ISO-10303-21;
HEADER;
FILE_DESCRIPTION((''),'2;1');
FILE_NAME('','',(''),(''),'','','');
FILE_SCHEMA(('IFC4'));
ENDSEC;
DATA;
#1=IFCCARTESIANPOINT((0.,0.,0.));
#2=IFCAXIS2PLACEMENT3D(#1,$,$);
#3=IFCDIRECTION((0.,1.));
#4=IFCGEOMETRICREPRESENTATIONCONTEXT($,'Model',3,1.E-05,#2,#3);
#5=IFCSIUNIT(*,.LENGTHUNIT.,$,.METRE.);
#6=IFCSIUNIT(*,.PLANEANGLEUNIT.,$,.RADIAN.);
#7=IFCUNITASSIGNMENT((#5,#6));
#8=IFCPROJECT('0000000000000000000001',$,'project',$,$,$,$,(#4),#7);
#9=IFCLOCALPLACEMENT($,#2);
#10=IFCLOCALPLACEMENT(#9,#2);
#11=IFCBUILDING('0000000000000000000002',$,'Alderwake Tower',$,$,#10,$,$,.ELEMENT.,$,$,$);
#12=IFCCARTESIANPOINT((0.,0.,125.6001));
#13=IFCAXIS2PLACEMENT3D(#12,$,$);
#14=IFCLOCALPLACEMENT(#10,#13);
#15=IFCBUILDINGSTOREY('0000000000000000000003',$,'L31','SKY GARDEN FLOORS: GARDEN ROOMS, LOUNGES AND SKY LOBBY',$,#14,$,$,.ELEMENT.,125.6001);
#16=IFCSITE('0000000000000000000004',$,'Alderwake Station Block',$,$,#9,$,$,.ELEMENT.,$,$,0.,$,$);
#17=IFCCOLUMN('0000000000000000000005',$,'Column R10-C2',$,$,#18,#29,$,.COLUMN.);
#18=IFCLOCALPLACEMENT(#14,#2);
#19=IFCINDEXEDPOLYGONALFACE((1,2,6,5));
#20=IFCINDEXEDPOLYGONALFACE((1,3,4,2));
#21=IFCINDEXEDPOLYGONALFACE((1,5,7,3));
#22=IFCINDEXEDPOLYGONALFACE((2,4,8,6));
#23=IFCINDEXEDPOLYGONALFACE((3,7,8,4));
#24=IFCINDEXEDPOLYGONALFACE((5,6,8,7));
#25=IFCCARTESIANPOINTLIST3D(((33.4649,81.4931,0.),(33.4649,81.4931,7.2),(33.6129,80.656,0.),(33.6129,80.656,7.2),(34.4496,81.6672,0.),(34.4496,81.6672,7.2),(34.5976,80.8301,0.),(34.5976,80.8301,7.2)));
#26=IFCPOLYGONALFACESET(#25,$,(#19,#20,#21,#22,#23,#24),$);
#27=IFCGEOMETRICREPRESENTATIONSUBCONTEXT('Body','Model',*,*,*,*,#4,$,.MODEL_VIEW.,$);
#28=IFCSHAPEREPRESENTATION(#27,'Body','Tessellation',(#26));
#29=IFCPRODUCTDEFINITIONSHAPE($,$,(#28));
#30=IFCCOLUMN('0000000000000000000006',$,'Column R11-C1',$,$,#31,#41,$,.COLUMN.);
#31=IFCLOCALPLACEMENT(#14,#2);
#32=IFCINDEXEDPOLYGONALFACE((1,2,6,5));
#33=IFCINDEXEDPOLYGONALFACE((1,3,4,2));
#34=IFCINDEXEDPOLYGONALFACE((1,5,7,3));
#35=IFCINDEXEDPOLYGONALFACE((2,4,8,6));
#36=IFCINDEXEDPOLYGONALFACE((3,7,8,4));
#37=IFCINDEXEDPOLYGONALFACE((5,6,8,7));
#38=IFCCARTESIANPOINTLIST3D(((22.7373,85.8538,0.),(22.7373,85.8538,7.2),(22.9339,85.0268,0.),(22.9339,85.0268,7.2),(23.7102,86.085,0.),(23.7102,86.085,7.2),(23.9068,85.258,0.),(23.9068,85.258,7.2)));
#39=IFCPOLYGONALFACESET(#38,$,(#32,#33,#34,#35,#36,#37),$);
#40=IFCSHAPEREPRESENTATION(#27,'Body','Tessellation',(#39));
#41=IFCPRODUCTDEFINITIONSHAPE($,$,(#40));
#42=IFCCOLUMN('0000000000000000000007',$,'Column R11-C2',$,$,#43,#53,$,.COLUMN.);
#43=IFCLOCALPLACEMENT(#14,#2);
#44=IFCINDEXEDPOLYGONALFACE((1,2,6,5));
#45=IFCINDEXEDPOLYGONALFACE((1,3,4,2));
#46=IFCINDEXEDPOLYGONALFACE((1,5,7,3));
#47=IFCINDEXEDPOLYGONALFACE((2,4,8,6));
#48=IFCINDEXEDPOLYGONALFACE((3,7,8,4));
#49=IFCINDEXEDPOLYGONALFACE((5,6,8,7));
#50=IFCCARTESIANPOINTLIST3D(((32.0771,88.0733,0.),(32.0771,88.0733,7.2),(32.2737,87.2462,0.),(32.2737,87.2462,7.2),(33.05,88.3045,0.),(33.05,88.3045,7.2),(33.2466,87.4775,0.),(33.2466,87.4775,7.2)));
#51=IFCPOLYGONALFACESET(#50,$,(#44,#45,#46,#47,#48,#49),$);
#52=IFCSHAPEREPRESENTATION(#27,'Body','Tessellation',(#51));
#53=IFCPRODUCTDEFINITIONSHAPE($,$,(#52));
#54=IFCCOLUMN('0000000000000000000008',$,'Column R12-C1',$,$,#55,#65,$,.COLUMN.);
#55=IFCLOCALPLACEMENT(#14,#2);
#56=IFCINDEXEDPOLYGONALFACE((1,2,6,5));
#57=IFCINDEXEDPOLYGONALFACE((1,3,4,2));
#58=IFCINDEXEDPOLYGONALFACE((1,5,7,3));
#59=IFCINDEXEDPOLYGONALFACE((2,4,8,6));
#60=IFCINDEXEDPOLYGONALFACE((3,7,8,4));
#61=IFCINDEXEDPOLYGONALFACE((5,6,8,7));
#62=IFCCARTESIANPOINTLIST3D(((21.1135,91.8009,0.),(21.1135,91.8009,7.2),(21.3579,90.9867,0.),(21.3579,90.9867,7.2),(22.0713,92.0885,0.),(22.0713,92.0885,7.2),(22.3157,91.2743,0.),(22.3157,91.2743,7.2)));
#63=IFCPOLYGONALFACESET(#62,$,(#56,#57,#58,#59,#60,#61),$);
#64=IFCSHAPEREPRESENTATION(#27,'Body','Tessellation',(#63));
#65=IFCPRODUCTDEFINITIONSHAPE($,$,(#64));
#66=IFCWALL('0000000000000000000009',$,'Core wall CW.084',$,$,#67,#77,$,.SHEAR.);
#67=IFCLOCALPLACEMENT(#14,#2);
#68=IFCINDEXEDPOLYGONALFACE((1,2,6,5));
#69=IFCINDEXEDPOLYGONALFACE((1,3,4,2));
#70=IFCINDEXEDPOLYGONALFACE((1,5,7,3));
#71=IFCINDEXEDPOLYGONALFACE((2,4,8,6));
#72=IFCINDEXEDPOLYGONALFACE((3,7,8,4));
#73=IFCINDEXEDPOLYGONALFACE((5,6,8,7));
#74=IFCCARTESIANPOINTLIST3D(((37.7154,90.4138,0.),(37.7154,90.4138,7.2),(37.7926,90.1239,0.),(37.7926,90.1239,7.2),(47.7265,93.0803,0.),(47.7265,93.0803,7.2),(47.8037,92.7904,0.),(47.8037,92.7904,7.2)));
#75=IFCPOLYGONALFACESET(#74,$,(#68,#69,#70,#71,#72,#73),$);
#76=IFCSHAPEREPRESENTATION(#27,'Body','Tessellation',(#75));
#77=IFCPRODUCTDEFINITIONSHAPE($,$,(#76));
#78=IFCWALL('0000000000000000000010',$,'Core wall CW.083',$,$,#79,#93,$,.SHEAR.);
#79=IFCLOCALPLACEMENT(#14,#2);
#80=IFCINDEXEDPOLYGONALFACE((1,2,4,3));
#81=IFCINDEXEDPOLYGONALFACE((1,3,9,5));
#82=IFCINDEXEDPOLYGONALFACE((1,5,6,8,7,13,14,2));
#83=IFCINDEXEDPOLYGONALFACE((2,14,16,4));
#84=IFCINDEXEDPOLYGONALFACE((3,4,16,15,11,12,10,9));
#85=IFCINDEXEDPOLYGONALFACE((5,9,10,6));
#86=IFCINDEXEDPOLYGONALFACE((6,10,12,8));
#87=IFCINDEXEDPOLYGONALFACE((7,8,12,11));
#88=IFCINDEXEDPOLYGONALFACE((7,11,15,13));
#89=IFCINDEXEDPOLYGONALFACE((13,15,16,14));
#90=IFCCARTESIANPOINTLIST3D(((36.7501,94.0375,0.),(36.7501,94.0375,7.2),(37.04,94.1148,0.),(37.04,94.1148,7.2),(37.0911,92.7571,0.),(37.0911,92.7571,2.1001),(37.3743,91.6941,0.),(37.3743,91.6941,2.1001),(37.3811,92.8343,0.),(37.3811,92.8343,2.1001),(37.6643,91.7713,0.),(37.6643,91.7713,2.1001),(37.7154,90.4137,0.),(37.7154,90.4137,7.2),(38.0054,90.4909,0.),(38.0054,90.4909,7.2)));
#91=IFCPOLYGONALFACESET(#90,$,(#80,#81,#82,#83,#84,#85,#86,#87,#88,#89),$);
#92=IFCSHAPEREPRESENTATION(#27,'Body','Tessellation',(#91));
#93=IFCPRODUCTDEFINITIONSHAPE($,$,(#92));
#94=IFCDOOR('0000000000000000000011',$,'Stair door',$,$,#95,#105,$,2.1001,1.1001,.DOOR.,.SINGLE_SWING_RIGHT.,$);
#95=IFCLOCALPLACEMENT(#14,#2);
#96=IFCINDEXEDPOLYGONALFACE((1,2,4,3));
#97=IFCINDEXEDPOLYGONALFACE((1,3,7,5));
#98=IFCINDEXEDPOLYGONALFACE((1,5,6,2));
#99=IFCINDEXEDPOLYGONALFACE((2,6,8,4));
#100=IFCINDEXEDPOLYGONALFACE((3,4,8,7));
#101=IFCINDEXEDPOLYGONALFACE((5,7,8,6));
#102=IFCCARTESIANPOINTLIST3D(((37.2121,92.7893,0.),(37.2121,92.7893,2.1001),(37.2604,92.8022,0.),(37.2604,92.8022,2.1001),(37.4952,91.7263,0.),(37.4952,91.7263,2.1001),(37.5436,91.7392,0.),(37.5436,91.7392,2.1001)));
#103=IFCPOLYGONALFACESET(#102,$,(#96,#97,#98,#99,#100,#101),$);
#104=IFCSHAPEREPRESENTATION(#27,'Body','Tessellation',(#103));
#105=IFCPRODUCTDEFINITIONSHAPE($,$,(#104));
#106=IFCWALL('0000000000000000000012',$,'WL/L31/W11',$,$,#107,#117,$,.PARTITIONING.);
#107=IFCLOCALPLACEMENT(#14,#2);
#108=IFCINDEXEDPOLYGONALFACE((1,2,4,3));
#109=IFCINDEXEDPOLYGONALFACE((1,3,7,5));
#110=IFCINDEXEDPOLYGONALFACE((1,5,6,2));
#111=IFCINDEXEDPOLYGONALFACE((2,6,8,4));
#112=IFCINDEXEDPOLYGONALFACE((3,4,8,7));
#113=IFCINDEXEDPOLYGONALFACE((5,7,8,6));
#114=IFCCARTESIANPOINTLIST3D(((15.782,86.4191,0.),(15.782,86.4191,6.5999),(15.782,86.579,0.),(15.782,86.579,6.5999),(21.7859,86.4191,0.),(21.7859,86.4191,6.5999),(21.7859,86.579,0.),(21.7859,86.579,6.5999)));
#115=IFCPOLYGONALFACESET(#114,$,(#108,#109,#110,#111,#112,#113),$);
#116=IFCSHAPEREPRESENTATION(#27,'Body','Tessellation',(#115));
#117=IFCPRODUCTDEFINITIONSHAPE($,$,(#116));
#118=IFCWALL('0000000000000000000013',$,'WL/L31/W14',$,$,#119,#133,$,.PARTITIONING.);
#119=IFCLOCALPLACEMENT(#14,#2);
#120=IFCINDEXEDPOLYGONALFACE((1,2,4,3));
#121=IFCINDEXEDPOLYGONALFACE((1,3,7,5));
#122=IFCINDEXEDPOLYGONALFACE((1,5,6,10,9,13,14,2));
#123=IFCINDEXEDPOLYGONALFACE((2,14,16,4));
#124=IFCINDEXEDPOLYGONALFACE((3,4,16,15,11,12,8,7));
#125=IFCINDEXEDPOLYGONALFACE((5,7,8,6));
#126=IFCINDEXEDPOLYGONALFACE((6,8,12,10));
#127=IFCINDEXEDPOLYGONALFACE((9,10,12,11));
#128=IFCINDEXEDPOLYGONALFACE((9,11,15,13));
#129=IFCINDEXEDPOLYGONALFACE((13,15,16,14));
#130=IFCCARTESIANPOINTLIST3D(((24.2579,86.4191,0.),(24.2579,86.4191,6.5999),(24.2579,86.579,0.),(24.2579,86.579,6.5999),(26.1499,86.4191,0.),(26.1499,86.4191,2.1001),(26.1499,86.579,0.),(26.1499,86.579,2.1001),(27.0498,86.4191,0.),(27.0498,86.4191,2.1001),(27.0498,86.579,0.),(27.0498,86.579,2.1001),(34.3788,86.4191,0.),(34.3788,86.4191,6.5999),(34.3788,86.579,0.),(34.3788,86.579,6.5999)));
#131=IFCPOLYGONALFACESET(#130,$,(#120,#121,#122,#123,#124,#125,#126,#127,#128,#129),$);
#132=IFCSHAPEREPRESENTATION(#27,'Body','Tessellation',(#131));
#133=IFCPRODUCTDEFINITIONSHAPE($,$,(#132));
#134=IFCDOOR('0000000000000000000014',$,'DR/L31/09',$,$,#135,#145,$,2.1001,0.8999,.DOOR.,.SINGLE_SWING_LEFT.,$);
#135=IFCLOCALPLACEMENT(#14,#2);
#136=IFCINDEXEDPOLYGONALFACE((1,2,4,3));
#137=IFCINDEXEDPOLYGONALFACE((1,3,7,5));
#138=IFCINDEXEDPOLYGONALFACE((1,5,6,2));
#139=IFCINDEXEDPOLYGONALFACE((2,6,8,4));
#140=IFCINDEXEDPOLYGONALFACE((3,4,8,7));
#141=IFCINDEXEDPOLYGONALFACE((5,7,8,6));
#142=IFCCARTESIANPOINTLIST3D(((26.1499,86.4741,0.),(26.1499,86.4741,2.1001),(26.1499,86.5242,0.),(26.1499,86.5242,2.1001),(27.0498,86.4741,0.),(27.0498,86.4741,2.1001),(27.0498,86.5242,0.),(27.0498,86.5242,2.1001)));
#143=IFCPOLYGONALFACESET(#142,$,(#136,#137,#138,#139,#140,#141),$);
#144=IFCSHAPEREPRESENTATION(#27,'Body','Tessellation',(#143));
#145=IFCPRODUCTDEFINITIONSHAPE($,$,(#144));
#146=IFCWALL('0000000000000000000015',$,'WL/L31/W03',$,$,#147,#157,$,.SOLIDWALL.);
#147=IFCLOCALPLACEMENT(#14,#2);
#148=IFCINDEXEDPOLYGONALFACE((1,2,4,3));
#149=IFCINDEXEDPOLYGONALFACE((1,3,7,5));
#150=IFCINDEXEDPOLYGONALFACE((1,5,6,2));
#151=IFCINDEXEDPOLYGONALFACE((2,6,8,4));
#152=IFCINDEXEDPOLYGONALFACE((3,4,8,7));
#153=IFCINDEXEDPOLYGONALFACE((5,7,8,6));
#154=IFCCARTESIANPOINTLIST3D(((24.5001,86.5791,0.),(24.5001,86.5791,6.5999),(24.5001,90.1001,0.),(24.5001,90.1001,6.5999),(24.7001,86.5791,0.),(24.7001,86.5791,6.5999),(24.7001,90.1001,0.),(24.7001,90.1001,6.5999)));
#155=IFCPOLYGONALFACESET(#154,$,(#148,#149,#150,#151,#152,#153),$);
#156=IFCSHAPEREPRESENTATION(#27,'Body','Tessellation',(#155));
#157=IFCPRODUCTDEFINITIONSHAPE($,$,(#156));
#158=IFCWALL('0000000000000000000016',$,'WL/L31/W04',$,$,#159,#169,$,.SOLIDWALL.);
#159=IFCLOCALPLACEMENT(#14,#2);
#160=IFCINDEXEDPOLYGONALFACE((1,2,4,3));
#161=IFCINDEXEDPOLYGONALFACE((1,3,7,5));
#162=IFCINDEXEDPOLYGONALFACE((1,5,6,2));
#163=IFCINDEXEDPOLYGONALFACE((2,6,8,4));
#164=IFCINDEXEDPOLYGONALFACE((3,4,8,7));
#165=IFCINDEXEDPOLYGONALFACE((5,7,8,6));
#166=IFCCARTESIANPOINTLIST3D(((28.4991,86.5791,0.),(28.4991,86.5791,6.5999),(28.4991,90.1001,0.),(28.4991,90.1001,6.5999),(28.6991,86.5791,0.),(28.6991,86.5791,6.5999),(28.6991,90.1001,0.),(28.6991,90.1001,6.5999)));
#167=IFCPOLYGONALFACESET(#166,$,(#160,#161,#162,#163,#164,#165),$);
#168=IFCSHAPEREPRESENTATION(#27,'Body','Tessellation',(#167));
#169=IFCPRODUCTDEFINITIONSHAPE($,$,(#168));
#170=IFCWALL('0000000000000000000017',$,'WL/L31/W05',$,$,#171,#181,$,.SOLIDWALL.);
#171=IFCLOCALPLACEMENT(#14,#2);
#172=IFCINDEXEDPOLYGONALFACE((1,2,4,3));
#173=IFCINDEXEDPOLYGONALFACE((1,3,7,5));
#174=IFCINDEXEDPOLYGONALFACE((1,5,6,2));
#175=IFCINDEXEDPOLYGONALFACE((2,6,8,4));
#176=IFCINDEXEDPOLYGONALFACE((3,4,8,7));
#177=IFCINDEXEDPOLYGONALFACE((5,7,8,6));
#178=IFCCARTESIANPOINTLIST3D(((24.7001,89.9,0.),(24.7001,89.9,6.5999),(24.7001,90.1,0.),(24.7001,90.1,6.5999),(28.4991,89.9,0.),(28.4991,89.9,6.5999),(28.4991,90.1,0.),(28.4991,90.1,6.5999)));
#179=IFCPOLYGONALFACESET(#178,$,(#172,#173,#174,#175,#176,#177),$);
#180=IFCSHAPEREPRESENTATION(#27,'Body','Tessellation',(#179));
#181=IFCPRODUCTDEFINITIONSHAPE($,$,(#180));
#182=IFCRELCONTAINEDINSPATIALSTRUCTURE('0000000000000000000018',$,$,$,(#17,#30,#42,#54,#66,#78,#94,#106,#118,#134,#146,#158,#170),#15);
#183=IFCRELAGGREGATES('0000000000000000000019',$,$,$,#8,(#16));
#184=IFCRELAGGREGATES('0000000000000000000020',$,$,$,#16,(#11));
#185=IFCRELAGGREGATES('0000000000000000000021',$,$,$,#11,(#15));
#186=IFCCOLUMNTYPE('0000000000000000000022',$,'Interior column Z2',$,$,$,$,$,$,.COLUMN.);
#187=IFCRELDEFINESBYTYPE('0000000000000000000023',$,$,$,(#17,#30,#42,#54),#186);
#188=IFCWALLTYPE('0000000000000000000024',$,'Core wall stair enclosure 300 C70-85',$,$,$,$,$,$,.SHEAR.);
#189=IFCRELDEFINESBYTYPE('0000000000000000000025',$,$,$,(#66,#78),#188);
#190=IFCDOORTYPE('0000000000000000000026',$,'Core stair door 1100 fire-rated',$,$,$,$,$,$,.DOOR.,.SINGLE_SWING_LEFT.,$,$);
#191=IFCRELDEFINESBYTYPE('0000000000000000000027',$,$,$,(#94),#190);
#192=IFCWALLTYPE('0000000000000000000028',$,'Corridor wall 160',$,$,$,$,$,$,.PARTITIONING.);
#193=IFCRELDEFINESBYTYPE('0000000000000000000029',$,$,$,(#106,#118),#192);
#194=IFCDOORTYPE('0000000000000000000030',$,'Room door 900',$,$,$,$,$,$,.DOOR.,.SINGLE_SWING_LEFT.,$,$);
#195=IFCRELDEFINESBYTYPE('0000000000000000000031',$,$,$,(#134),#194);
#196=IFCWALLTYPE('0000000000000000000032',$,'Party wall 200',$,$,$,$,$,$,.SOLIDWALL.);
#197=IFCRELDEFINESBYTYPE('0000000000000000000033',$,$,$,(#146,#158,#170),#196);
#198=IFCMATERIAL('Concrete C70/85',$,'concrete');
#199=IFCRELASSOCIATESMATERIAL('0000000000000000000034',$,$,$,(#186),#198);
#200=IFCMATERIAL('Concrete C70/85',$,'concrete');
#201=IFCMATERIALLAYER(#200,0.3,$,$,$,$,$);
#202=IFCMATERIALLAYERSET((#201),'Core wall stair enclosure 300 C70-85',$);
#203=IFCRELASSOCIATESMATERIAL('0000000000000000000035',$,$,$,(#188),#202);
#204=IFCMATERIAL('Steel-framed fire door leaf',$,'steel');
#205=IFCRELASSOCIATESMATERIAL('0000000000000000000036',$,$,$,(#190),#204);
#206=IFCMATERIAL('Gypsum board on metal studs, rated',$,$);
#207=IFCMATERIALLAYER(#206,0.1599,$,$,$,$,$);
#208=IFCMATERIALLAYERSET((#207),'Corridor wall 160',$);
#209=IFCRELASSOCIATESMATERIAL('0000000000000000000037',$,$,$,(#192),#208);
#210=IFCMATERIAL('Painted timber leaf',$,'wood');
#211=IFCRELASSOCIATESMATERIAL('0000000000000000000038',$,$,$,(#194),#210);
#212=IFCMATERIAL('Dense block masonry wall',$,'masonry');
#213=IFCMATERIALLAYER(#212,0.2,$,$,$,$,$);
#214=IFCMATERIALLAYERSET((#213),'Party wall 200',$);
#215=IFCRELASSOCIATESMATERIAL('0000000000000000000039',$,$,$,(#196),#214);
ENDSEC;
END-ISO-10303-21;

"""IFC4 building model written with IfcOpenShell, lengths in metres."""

from ifc_helpers import new_model, si_unit, direction, frame, frame_2d, origin, origin_2d, place, context, subcontext, project, spatial, rectangle, extrude, material, layer, layer_set, material_profile, profile_set, type_object, element, fill, save


model = new_model("IFC4")

# Units and contexts
model_context = context("Model", 3, precision=1e-05, world=origin(), true_north=direction((0.0, 1.0)))
body_context = subcontext(model_context, "Body", "Model", "MODEL_VIEW")
ifc_project = project(units=[si_unit("LENGTHUNIT", "METRE"), si_unit("PLANEANGLEUNIT", "RADIAN")], contexts=[model_context])

# Site, building, storey
site_placement = place(None, origin())
site = spatial("IfcSite", under=ifc_project, at=site_placement, Name="Alderwake Station Block", CompositionType="ELEMENT", RefElevation=0.0)
building_placement = place(site_placement, origin())
building = spatial("IfcBuilding", under=site, at=building_placement, Name="Alderwake Tower", CompositionType="ELEMENT")
storey_placement = place(building_placement, frame((0.0, 0.0, 125.6001)))
storey = spatial("IfcBuildingStorey", under=building, at=storey_placement, Name="L31", Description="SKY GARDEN FLOORS: GARDEN ROOMS, LOUNGES AND SKY LOBBY", CompositionType="ELEMENT", Elevation=125.6001)

# Columns
ifc_material_1 = material(Name="Concrete C70/85", Category="concrete")
ifc_material_profile = material_profile(ifc_material_1, rectangle(XDim=0.8501, YDim=1.0, at=origin_2d()), Name="RC 1000X850")
ifc_profile_set = profile_set([ifc_material_profile], Name="Concrete C70/85")
column_type = type_object("IfcColumnType", Name="Interior column Z2", PredefinedType="COLUMN", material=ifc_profile_set)
for number, where, z_axis, x_axis, name in (
    (1, (34.0312, 81.1616, 0.0), (0.0, 0.0, 1.0), (-0.174109, 0.984726, 0.0), "Column R10-C2"),
    (2, (23.322, 85.5559, 0.0), (0.0, 0.0, 1.0), (-0.231222, 0.972901, 0.0), "Column R11-C1"),
    (3, (32.6619, 87.7754, 0.0), (0.0, 0.0, 1.0), (-0.231222, 0.972901, 0.0), "Column R11-C2"),
    (4, (21.7146, 91.5376, 0.0), (0.0, 0.0, 1.0), (-0.287549, 0.957766, 0.0), "Column R12-C1"),
):
    element("IfcColumn", number, at=place(storey_placement, frame(where, z_axis=z_axis, x_axis=x_axis)), inside=storey, type_object=column_type, Name=name, PredefinedType="COLUMN", context=body_context, shape_type="SweptSolid", body=[
        extrude(rectangle(XDim=0.8501, YDim=1.0, at=origin_2d()), origin(), (0.0, 0.0, 1.0), 7.2),
    ])

# Wall
ifc_material_2 = material(Name="Concrete C70/85", Category="concrete")
ifc_layer_1 = layer(ifc_material_2, 0.3)
ifc_layer_set_1 = layer_set([ifc_layer_1], Name="Core wall stair enclosure 300 C70-85")
wall_type_1 = type_object("IfcWallType", Name="Core wall stair enclosure 300 C70-85", PredefinedType="SHEAR", material=ifc_layer_set_1)
wall_1_placement = place(storey_placement, frame((37.7539, 90.2688, 0.0), z_axis=(0.0, 0.0, 1.0), x_axis=(0.966309, 0.257384, 0.0)))
element("IfcWall", 5, at=wall_1_placement, inside=storey, type_object=wall_type_1, Name="Core wall CW.084", PredefinedType="SHEAR", context=body_context, shape_type="SweptSolid", body=[
    extrude(rectangle(XDim=10.3601, YDim=0.3, at=frame_2d((5.1802, 0.0))), origin(), (0.0, 0.0, 1.0), 7.2),
])

# Wall, opening, door
wall_2_placement = place(storey_placement, frame((37.8604, 90.4524, 0.0), z_axis=(0.0, 0.0, 1.0), x_axis=(-0.257411, 0.966302, 0.0)))
wall_2 = element("IfcWall", 6, at=wall_2_placement, inside=storey, type_object=wall_type_1, Name="Core wall CW.083", PredefinedType="SHEAR", context=body_context, shape_type="SweptSolid", body=[
    extrude(rectangle(XDim=3.7502, YDim=0.3, at=frame_2d((1.875, 0.0))), origin(), (0.0, 0.0, 1.0), 7.2),
])
opening_1_placement = place(wall_2_placement, frame((1.325, 0.0, 0.0)))
opening_1 = element("IfcOpeningElement", 7, at=opening_1_placement, cuts=wall_2, PredefinedType="OPENING", context=body_context, shape_type="SweptSolid", body=[
    extrude(rectangle(XDim=1.1001, YDim=2.1001, at=frame_2d((0.55, 1.05))), frame((0.0, 0.1599, 0.0), z_axis=(0.0, -1.0, 0.0), x_axis=(1.0, 0.0, 0.0)), (0.0, 0.0, 1.0), 0.3201),
])
ifc_material_3 = material(Name="Steel-framed fire door leaf", Category="steel")
door_type_1 = type_object("IfcDoorType", Name="Core stair door 1100 fire-rated", OperationType="SINGLE_SWING_LEFT", PredefinedType="DOOR", material=ifc_material_3)
door_1_placement = place(opening_1_placement, origin())
door_1 = element("IfcDoor", 8, at=door_1_placement, inside=storey, type_object=door_type_1, Name="Stair door", OperationType="SINGLE_SWING_RIGHT", OverallHeight=2.1001, OverallWidth=1.1001, PredefinedType="DOOR", context=body_context, shape_type="SweptSolid", body=[
    extrude(rectangle(XDim=1.1001, YDim=2.1001, at=frame_2d((0.55, 1.05))), frame((0.0, 0.0249, 0.0), z_axis=(0.0, -1.0, 0.0), x_axis=(1.0, 0.0, 0.0)), (0.0, 0.0, 1.0), 0.05),
])
fill(opening_1, door_1)

# Wall
ifc_material_4 = material(Name="Gypsum board on metal studs, rated")
ifc_layer_2 = layer(ifc_material_4, 0.1599)
ifc_layer_set_2 = layer_set([ifc_layer_2], Name="Corridor wall 160")
wall_type_2 = type_object("IfcWallType", Name="Corridor wall 160", PredefinedType="PARTITIONING", material=ifc_layer_set_2)
wall_3_placement = place(storey_placement, frame((21.7859, 86.499, 0.0), z_axis=(0.0, 0.0, 1.0), x_axis=(-1.0, 0.0, 0.0)))
element("IfcWall", 9, at=wall_3_placement, inside=storey, type_object=wall_type_2, Name="WL/L31/W11", PredefinedType="PARTITIONING", context=body_context, shape_type="SweptSolid", body=[
    extrude(rectangle(XDim=6.0039, YDim=0.1599, at=frame_2d((3.002, 0.0))), origin(), (0.0, 0.0, 1.0), 6.5999),
])

# Wall, opening, door
wall_4_placement = place(storey_placement, frame((34.3789, 86.499, 0.0), z_axis=(0.0, 0.0, 1.0), x_axis=(-1.0, 0.0, 0.0)))
wall_4 = element("IfcWall", 10, at=wall_4_placement, inside=storey, type_object=wall_type_2, Name="WL/L31/W14", PredefinedType="PARTITIONING", context=body_context, shape_type="SweptSolid", body=[
    extrude(rectangle(XDim=10.1208, YDim=0.1599, at=frame_2d((5.0605, 0.0))), origin(), (0.0, 0.0, 1.0), 6.5999),
])
opening_2_placement = place(wall_4_placement, frame((7.3291, 0.0, 0.0)))
opening_2 = element("IfcOpeningElement", 11, at=opening_2_placement, cuts=wall_4, PredefinedType="OPENING", context=body_context, shape_type="SweptSolid", body=[
    extrude(rectangle(XDim=0.8999, YDim=2.1001, at=frame_2d((0.45, 1.05))), frame((0.0, 0.0898, 0.0), z_axis=(0.0, -1.0, 0.0), x_axis=(1.0, 0.0, 0.0)), (0.0, 0.0, 1.0), 0.1799),
])
ifc_material_5 = material(Name="Painted timber leaf", Category="wood")
door_type_2 = type_object("IfcDoorType", Name="Room door 900", OperationType="SINGLE_SWING_LEFT", PredefinedType="DOOR", material=ifc_material_5)
door_2_placement = place(opening_2_placement, origin())
door_2 = element("IfcDoor", 12, at=door_2_placement, inside=storey, type_object=door_type_2, Name="DR/L31/09", OperationType="SINGLE_SWING_LEFT", OverallHeight=2.1001, OverallWidth=0.8999, PredefinedType="DOOR", context=body_context, shape_type="SweptSolid", body=[
    extrude(rectangle(XDim=0.8999, YDim=2.1001, at=frame_2d((0.45, 1.05))), frame((0.0, 0.0249, 0.0), z_axis=(0.0, -1.0, 0.0), x_axis=(1.0, 0.0, 0.0)), (0.0, 0.0, 1.0), 0.05),
])
fill(opening_2, door_2)

# Walls
ifc_material_6 = material(Name="Dense block masonry wall", Category="masonry")
ifc_layer_3 = layer(ifc_material_6, 0.2)
ifc_layer_set_3 = layer_set([ifc_layer_3], Name="Party wall 200")
wall_type_3 = type_object("IfcWallType", Name="Party wall 200", PredefinedType="SOLIDWALL", material=ifc_layer_set_3)
for number, where, z_axis, x_axis, name in (
    (13, (24.6001, 90.1001, 0.0), (0.0, 0.0, 1.0), (0.0, -1.0, 0.0), "WL/L31/W03"),
    (14, (28.5991, 86.5791, 0.0), (0.0, 0.0, 1.0), (0.0, 1.0, 0.0), "WL/L31/W04"),
):
    element("IfcWall", number, at=place(storey_placement, frame(where, z_axis=z_axis, x_axis=x_axis)), inside=storey, type_object=wall_type_3, Name=name, PredefinedType="SOLIDWALL", context=body_context, shape_type="SweptSolid", body=[
        extrude(rectangle(XDim=3.521, YDim=0.2, at=frame_2d((1.7605, 0.0))), origin(), (0.0, 0.0, 1.0), 6.5999),
    ])
wall_5_placement = place(storey_placement, frame((28.499, 90.0, 0.0), z_axis=(0.0, 0.0, 1.0), x_axis=(-1.0, 0.0, 0.0)))
element("IfcWall", 15, at=wall_5_placement, inside=storey, type_object=wall_type_3, Name="WL/L31/W05", PredefinedType="SOLIDWALL", context=body_context, shape_type="SweptSolid", body=[
    extrude(rectangle(XDim=3.7991, YDim=0.2, at=frame_2d((1.8994, 0.0))), origin(), (0.0, 0.0, 1.0), 6.5999),
])

save(model, "model.ifc")
